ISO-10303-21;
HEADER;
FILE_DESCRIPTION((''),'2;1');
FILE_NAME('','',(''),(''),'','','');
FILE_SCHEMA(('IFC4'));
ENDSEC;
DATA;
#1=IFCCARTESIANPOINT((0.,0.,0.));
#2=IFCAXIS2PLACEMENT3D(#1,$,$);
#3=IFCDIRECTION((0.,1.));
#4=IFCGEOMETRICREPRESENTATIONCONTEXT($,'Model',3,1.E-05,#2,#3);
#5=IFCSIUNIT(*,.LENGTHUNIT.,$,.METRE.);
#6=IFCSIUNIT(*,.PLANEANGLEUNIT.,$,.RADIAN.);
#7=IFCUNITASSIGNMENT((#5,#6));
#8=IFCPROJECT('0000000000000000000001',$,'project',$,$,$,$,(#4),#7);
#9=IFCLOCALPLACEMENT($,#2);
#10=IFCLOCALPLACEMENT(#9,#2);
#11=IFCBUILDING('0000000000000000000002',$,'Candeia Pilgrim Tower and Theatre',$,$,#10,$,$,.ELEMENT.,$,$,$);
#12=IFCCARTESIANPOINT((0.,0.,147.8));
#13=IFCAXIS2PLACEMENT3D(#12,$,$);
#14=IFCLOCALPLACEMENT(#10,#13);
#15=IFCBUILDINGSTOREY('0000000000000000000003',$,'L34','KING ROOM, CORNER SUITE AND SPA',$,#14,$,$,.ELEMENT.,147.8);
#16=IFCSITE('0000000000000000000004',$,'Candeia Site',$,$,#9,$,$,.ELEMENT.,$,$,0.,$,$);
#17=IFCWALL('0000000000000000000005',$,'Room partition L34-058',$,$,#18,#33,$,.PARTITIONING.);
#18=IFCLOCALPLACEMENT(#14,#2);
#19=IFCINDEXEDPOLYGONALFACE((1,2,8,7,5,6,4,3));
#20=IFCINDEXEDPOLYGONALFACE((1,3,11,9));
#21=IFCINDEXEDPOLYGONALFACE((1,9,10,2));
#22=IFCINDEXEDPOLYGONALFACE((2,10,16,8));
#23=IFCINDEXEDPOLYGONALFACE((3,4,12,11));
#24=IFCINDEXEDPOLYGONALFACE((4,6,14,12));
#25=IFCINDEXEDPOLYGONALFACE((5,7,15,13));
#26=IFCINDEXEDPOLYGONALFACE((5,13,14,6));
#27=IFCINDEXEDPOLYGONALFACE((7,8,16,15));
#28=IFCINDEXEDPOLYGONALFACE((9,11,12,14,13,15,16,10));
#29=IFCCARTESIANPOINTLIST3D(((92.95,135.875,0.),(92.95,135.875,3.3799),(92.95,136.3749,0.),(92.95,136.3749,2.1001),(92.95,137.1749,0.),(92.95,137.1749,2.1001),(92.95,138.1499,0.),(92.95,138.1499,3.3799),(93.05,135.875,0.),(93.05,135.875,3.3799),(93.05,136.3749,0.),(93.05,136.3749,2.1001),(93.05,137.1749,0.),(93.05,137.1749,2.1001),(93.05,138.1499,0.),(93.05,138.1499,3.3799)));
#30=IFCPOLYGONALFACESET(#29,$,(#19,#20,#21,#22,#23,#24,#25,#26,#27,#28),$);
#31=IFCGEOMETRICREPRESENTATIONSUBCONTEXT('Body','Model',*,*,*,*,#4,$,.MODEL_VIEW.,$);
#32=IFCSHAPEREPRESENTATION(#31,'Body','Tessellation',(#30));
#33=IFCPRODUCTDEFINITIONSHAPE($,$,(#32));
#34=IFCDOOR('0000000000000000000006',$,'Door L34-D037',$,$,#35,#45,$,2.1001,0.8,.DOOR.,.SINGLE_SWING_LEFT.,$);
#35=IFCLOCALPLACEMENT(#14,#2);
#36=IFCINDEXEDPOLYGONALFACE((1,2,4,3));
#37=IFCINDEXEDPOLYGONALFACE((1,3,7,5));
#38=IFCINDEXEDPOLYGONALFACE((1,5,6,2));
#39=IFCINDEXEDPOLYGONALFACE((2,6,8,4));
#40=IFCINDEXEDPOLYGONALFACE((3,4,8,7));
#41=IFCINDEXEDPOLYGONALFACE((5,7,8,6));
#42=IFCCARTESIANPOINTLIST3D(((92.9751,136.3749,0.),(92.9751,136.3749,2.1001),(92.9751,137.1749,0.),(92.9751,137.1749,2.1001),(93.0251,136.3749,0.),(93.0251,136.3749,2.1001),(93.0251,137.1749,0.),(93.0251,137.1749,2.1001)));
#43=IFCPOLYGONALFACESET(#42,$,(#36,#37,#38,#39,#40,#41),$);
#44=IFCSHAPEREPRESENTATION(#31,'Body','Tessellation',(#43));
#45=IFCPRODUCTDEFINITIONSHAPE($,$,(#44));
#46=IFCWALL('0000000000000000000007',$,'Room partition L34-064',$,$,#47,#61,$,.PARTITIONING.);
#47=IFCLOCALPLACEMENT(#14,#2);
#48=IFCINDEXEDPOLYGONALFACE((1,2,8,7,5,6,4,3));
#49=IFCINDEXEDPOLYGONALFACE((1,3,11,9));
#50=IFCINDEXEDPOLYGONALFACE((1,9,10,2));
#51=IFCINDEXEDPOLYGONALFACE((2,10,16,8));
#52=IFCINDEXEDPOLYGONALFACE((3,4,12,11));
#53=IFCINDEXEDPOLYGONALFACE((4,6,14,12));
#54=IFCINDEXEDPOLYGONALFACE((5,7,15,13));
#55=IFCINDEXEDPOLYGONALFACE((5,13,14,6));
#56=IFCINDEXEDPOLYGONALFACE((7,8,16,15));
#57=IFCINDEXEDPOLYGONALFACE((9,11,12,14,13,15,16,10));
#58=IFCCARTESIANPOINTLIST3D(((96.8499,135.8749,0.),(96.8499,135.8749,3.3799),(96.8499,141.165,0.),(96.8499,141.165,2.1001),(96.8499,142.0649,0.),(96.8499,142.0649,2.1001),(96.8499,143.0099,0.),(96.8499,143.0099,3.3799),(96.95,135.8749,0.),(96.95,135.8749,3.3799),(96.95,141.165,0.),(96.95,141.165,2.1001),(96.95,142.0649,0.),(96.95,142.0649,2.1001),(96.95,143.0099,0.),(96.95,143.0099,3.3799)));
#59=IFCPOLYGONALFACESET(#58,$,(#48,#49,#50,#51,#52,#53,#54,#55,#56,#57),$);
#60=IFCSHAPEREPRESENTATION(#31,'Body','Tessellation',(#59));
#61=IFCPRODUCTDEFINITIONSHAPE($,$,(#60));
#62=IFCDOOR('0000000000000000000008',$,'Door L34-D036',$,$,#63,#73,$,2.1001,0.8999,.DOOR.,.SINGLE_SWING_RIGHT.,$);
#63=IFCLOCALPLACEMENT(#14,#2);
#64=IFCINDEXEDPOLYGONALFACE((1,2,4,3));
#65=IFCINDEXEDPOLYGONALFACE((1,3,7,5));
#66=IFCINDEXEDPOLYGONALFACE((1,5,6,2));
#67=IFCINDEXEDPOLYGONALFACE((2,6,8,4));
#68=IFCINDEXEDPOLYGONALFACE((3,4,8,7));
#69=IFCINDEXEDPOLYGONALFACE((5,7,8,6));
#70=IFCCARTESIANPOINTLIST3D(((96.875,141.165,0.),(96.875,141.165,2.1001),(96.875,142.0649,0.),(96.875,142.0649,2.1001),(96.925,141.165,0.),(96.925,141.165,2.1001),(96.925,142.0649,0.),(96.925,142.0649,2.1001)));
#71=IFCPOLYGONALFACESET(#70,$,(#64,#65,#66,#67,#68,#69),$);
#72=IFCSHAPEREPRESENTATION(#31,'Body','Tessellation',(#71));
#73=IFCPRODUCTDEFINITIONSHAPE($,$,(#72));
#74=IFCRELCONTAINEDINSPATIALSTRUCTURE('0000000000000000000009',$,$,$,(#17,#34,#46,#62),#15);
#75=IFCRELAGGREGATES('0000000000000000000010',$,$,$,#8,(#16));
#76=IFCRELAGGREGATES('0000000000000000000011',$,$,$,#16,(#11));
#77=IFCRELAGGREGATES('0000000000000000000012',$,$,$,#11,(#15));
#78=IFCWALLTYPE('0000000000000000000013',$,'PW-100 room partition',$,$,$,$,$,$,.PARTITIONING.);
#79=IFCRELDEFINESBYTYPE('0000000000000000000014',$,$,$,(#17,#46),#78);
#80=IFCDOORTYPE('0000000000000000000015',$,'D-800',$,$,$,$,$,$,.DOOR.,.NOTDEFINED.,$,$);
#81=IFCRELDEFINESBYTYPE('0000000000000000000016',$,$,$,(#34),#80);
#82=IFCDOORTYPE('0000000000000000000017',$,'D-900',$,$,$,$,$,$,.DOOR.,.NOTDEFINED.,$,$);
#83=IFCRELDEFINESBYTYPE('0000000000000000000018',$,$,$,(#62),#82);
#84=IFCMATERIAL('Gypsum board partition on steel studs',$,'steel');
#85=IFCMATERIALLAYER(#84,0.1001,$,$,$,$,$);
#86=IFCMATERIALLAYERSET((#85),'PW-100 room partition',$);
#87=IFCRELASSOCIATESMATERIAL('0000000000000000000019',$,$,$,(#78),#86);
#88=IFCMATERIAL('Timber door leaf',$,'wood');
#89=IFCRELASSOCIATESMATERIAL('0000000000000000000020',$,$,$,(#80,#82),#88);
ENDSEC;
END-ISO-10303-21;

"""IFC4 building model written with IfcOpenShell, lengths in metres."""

from ifc_helpers import new_model, si_unit, direction, frame, frame_2d, origin, place, context, subcontext, project, spatial, rectangle, extrude, material, layer, layer_set, type_object, element, fill, save


model = new_model("IFC4")

# Units and contexts
model_context = context("Model", 3, precision=1e-05, world=origin(), true_north=direction((0.0, 1.0)))
body_context = subcontext(model_context, "Body", "Model", "MODEL_VIEW")
ifc_project = project(units=[si_unit("LENGTHUNIT", "METRE"), si_unit("PLANEANGLEUNIT", "RADIAN")], contexts=[model_context])

# Site, building, storey
site_placement = place(None, origin())
site = spatial("IfcSite", under=ifc_project, at=site_placement, Name="Candeia Site", CompositionType="ELEMENT", RefElevation=0.0)
building_placement = place(site_placement, origin())
building = spatial("IfcBuilding", under=site, at=building_placement, Name="Candeia Pilgrim Tower and Theatre", CompositionType="ELEMENT")
storey_placement = place(building_placement, frame((0.0, 0.0, 147.8)))
storey = spatial("IfcBuildingStorey", under=building, at=storey_placement, Name="L34", Description="KING ROOM, CORNER SUITE AND SPA", CompositionType="ELEMENT", Elevation=147.8)

# Shared definitions
ifc_material_1 = material(Name="Gypsum board partition on steel studs", Category="steel")
ifc_layer_1 = layer(ifc_material_1, 0.1001)
ifc_layer_set_1 = layer_set([ifc_layer_1], Name="PW-100 room partition")
wall_type_1 = type_object("IfcWallType", Name="PW-100 room partition", PredefinedType="PARTITIONING", material=ifc_layer_set_1)

# Walls, openings, doors
wall_1_placement = place(storey_placement, frame((93.0, 135.875, 0.0), z_axis=(0.0, 0.0, 1.0), x_axis=(0.0, 1.0, 0.0)))
wall_1 = element("IfcWall", 1, at=wall_1_placement, inside=storey, type_object=wall_type_1, Name="Room partition L34-058", PredefinedType="PARTITIONING", context=body_context, shape_type="SweptSolid", body=[
    extrude(rectangle(XDim=2.2749, YDim=0.1001, at=frame_2d((1.1375, 0.0))), origin(), (0.0, 0.0, 1.0), 3.3799),
])
opening_1_placement = place(wall_1_placement, frame((0.5, 0.0, 0.0)))
opening_1 = element("IfcOpeningElement", 2, at=opening_1_placement, cuts=wall_1, PredefinedType="OPENING", context=body_context, shape_type="SweptSolid", body=[
    extrude(rectangle(XDim=0.8, YDim=2.1001, at=frame_2d((0.3999, 1.05))), frame((0.0, 0.0601, 0.0), z_axis=(0.0, -1.0, 0.0), x_axis=(1.0, 0.0, 0.0)), (0.0, 0.0, 1.0), 0.1201),
])
ifc_material_2 = material(Name="Timber door leaf", Category="wood")
door_type_1 = type_object("IfcDoorType", Name="D-800", OperationType="NOTDEFINED", PredefinedType="DOOR", material=ifc_material_2)
door_1_placement = place(opening_1_placement, origin())
door_1 = element("IfcDoor", 3, at=door_1_placement, inside=storey, type_object=door_type_1, Name="Door L34-D037", OperationType="SINGLE_SWING_LEFT", OverallHeight=2.1001, OverallWidth=0.8, PredefinedType="DOOR", context=body_context, shape_type="SweptSolid", body=[
    extrude(rectangle(XDim=0.8, YDim=2.1001, at=frame_2d((0.3999, 1.05))), frame((0.0, 0.0249, 0.0), z_axis=(0.0, -1.0, 0.0), x_axis=(1.0, 0.0, 0.0)), (0.0, 0.0, 1.0), 0.05),
])
fill(opening_1, door_1)
wall_2_placement = place(storey_placement, frame((96.8999, 135.875, 0.0), z_axis=(0.0, 0.0, 1.0), x_axis=(0.0, 1.0, 0.0)))
wall_2 = element("IfcWall", 4, at=wall_2_placement, inside=storey, type_object=wall_type_1, Name="Room partition L34-064", PredefinedType="PARTITIONING", context=body_context, shape_type="SweptSolid", body=[
    extrude(rectangle(XDim=7.135, YDim=0.1001, at=frame_2d((3.5674, 0.0))), origin(), (0.0, 0.0, 1.0), 3.3799),
])
opening_2_placement = place(wall_2_placement, frame((5.29, 0.0, 0.0)))
opening_2 = element("IfcOpeningElement", 5, at=opening_2_placement, cuts=wall_2, PredefinedType="OPENING", context=body_context, shape_type="SweptSolid", body=[
    extrude(rectangle(XDim=0.8999, YDim=2.1001, at=frame_2d((0.45, 1.05))), frame((0.0, 0.0601, 0.0), z_axis=(0.0, -1.0, 0.0), x_axis=(1.0, 0.0, 0.0)), (0.0, 0.0, 1.0), 0.1201),
])
door_type_2 = type_object("IfcDoorType", Name="D-900", OperationType="NOTDEFINED", PredefinedType="DOOR", material=ifc_material_2)
door_2_placement = place(opening_2_placement, origin())
door_2 = element("IfcDoor", 6, at=door_2_placement, inside=storey, type_object=door_type_2, Name="Door L34-D036", OperationType="SINGLE_SWING_RIGHT", OverallHeight=2.1001, OverallWidth=0.8999, PredefinedType="DOOR", context=body_context, shape_type="SweptSolid", body=[
    extrude(rectangle(XDim=0.8999, YDim=2.1001, at=frame_2d((0.45, 1.05))), frame((0.0, 0.0249, 0.0), z_axis=(0.0, -1.0, 0.0), x_axis=(1.0, 0.0, 0.0)), (0.0, 0.0, 1.0), 0.05),
])
fill(opening_2, door_2)

save(model, "model.ifc")
